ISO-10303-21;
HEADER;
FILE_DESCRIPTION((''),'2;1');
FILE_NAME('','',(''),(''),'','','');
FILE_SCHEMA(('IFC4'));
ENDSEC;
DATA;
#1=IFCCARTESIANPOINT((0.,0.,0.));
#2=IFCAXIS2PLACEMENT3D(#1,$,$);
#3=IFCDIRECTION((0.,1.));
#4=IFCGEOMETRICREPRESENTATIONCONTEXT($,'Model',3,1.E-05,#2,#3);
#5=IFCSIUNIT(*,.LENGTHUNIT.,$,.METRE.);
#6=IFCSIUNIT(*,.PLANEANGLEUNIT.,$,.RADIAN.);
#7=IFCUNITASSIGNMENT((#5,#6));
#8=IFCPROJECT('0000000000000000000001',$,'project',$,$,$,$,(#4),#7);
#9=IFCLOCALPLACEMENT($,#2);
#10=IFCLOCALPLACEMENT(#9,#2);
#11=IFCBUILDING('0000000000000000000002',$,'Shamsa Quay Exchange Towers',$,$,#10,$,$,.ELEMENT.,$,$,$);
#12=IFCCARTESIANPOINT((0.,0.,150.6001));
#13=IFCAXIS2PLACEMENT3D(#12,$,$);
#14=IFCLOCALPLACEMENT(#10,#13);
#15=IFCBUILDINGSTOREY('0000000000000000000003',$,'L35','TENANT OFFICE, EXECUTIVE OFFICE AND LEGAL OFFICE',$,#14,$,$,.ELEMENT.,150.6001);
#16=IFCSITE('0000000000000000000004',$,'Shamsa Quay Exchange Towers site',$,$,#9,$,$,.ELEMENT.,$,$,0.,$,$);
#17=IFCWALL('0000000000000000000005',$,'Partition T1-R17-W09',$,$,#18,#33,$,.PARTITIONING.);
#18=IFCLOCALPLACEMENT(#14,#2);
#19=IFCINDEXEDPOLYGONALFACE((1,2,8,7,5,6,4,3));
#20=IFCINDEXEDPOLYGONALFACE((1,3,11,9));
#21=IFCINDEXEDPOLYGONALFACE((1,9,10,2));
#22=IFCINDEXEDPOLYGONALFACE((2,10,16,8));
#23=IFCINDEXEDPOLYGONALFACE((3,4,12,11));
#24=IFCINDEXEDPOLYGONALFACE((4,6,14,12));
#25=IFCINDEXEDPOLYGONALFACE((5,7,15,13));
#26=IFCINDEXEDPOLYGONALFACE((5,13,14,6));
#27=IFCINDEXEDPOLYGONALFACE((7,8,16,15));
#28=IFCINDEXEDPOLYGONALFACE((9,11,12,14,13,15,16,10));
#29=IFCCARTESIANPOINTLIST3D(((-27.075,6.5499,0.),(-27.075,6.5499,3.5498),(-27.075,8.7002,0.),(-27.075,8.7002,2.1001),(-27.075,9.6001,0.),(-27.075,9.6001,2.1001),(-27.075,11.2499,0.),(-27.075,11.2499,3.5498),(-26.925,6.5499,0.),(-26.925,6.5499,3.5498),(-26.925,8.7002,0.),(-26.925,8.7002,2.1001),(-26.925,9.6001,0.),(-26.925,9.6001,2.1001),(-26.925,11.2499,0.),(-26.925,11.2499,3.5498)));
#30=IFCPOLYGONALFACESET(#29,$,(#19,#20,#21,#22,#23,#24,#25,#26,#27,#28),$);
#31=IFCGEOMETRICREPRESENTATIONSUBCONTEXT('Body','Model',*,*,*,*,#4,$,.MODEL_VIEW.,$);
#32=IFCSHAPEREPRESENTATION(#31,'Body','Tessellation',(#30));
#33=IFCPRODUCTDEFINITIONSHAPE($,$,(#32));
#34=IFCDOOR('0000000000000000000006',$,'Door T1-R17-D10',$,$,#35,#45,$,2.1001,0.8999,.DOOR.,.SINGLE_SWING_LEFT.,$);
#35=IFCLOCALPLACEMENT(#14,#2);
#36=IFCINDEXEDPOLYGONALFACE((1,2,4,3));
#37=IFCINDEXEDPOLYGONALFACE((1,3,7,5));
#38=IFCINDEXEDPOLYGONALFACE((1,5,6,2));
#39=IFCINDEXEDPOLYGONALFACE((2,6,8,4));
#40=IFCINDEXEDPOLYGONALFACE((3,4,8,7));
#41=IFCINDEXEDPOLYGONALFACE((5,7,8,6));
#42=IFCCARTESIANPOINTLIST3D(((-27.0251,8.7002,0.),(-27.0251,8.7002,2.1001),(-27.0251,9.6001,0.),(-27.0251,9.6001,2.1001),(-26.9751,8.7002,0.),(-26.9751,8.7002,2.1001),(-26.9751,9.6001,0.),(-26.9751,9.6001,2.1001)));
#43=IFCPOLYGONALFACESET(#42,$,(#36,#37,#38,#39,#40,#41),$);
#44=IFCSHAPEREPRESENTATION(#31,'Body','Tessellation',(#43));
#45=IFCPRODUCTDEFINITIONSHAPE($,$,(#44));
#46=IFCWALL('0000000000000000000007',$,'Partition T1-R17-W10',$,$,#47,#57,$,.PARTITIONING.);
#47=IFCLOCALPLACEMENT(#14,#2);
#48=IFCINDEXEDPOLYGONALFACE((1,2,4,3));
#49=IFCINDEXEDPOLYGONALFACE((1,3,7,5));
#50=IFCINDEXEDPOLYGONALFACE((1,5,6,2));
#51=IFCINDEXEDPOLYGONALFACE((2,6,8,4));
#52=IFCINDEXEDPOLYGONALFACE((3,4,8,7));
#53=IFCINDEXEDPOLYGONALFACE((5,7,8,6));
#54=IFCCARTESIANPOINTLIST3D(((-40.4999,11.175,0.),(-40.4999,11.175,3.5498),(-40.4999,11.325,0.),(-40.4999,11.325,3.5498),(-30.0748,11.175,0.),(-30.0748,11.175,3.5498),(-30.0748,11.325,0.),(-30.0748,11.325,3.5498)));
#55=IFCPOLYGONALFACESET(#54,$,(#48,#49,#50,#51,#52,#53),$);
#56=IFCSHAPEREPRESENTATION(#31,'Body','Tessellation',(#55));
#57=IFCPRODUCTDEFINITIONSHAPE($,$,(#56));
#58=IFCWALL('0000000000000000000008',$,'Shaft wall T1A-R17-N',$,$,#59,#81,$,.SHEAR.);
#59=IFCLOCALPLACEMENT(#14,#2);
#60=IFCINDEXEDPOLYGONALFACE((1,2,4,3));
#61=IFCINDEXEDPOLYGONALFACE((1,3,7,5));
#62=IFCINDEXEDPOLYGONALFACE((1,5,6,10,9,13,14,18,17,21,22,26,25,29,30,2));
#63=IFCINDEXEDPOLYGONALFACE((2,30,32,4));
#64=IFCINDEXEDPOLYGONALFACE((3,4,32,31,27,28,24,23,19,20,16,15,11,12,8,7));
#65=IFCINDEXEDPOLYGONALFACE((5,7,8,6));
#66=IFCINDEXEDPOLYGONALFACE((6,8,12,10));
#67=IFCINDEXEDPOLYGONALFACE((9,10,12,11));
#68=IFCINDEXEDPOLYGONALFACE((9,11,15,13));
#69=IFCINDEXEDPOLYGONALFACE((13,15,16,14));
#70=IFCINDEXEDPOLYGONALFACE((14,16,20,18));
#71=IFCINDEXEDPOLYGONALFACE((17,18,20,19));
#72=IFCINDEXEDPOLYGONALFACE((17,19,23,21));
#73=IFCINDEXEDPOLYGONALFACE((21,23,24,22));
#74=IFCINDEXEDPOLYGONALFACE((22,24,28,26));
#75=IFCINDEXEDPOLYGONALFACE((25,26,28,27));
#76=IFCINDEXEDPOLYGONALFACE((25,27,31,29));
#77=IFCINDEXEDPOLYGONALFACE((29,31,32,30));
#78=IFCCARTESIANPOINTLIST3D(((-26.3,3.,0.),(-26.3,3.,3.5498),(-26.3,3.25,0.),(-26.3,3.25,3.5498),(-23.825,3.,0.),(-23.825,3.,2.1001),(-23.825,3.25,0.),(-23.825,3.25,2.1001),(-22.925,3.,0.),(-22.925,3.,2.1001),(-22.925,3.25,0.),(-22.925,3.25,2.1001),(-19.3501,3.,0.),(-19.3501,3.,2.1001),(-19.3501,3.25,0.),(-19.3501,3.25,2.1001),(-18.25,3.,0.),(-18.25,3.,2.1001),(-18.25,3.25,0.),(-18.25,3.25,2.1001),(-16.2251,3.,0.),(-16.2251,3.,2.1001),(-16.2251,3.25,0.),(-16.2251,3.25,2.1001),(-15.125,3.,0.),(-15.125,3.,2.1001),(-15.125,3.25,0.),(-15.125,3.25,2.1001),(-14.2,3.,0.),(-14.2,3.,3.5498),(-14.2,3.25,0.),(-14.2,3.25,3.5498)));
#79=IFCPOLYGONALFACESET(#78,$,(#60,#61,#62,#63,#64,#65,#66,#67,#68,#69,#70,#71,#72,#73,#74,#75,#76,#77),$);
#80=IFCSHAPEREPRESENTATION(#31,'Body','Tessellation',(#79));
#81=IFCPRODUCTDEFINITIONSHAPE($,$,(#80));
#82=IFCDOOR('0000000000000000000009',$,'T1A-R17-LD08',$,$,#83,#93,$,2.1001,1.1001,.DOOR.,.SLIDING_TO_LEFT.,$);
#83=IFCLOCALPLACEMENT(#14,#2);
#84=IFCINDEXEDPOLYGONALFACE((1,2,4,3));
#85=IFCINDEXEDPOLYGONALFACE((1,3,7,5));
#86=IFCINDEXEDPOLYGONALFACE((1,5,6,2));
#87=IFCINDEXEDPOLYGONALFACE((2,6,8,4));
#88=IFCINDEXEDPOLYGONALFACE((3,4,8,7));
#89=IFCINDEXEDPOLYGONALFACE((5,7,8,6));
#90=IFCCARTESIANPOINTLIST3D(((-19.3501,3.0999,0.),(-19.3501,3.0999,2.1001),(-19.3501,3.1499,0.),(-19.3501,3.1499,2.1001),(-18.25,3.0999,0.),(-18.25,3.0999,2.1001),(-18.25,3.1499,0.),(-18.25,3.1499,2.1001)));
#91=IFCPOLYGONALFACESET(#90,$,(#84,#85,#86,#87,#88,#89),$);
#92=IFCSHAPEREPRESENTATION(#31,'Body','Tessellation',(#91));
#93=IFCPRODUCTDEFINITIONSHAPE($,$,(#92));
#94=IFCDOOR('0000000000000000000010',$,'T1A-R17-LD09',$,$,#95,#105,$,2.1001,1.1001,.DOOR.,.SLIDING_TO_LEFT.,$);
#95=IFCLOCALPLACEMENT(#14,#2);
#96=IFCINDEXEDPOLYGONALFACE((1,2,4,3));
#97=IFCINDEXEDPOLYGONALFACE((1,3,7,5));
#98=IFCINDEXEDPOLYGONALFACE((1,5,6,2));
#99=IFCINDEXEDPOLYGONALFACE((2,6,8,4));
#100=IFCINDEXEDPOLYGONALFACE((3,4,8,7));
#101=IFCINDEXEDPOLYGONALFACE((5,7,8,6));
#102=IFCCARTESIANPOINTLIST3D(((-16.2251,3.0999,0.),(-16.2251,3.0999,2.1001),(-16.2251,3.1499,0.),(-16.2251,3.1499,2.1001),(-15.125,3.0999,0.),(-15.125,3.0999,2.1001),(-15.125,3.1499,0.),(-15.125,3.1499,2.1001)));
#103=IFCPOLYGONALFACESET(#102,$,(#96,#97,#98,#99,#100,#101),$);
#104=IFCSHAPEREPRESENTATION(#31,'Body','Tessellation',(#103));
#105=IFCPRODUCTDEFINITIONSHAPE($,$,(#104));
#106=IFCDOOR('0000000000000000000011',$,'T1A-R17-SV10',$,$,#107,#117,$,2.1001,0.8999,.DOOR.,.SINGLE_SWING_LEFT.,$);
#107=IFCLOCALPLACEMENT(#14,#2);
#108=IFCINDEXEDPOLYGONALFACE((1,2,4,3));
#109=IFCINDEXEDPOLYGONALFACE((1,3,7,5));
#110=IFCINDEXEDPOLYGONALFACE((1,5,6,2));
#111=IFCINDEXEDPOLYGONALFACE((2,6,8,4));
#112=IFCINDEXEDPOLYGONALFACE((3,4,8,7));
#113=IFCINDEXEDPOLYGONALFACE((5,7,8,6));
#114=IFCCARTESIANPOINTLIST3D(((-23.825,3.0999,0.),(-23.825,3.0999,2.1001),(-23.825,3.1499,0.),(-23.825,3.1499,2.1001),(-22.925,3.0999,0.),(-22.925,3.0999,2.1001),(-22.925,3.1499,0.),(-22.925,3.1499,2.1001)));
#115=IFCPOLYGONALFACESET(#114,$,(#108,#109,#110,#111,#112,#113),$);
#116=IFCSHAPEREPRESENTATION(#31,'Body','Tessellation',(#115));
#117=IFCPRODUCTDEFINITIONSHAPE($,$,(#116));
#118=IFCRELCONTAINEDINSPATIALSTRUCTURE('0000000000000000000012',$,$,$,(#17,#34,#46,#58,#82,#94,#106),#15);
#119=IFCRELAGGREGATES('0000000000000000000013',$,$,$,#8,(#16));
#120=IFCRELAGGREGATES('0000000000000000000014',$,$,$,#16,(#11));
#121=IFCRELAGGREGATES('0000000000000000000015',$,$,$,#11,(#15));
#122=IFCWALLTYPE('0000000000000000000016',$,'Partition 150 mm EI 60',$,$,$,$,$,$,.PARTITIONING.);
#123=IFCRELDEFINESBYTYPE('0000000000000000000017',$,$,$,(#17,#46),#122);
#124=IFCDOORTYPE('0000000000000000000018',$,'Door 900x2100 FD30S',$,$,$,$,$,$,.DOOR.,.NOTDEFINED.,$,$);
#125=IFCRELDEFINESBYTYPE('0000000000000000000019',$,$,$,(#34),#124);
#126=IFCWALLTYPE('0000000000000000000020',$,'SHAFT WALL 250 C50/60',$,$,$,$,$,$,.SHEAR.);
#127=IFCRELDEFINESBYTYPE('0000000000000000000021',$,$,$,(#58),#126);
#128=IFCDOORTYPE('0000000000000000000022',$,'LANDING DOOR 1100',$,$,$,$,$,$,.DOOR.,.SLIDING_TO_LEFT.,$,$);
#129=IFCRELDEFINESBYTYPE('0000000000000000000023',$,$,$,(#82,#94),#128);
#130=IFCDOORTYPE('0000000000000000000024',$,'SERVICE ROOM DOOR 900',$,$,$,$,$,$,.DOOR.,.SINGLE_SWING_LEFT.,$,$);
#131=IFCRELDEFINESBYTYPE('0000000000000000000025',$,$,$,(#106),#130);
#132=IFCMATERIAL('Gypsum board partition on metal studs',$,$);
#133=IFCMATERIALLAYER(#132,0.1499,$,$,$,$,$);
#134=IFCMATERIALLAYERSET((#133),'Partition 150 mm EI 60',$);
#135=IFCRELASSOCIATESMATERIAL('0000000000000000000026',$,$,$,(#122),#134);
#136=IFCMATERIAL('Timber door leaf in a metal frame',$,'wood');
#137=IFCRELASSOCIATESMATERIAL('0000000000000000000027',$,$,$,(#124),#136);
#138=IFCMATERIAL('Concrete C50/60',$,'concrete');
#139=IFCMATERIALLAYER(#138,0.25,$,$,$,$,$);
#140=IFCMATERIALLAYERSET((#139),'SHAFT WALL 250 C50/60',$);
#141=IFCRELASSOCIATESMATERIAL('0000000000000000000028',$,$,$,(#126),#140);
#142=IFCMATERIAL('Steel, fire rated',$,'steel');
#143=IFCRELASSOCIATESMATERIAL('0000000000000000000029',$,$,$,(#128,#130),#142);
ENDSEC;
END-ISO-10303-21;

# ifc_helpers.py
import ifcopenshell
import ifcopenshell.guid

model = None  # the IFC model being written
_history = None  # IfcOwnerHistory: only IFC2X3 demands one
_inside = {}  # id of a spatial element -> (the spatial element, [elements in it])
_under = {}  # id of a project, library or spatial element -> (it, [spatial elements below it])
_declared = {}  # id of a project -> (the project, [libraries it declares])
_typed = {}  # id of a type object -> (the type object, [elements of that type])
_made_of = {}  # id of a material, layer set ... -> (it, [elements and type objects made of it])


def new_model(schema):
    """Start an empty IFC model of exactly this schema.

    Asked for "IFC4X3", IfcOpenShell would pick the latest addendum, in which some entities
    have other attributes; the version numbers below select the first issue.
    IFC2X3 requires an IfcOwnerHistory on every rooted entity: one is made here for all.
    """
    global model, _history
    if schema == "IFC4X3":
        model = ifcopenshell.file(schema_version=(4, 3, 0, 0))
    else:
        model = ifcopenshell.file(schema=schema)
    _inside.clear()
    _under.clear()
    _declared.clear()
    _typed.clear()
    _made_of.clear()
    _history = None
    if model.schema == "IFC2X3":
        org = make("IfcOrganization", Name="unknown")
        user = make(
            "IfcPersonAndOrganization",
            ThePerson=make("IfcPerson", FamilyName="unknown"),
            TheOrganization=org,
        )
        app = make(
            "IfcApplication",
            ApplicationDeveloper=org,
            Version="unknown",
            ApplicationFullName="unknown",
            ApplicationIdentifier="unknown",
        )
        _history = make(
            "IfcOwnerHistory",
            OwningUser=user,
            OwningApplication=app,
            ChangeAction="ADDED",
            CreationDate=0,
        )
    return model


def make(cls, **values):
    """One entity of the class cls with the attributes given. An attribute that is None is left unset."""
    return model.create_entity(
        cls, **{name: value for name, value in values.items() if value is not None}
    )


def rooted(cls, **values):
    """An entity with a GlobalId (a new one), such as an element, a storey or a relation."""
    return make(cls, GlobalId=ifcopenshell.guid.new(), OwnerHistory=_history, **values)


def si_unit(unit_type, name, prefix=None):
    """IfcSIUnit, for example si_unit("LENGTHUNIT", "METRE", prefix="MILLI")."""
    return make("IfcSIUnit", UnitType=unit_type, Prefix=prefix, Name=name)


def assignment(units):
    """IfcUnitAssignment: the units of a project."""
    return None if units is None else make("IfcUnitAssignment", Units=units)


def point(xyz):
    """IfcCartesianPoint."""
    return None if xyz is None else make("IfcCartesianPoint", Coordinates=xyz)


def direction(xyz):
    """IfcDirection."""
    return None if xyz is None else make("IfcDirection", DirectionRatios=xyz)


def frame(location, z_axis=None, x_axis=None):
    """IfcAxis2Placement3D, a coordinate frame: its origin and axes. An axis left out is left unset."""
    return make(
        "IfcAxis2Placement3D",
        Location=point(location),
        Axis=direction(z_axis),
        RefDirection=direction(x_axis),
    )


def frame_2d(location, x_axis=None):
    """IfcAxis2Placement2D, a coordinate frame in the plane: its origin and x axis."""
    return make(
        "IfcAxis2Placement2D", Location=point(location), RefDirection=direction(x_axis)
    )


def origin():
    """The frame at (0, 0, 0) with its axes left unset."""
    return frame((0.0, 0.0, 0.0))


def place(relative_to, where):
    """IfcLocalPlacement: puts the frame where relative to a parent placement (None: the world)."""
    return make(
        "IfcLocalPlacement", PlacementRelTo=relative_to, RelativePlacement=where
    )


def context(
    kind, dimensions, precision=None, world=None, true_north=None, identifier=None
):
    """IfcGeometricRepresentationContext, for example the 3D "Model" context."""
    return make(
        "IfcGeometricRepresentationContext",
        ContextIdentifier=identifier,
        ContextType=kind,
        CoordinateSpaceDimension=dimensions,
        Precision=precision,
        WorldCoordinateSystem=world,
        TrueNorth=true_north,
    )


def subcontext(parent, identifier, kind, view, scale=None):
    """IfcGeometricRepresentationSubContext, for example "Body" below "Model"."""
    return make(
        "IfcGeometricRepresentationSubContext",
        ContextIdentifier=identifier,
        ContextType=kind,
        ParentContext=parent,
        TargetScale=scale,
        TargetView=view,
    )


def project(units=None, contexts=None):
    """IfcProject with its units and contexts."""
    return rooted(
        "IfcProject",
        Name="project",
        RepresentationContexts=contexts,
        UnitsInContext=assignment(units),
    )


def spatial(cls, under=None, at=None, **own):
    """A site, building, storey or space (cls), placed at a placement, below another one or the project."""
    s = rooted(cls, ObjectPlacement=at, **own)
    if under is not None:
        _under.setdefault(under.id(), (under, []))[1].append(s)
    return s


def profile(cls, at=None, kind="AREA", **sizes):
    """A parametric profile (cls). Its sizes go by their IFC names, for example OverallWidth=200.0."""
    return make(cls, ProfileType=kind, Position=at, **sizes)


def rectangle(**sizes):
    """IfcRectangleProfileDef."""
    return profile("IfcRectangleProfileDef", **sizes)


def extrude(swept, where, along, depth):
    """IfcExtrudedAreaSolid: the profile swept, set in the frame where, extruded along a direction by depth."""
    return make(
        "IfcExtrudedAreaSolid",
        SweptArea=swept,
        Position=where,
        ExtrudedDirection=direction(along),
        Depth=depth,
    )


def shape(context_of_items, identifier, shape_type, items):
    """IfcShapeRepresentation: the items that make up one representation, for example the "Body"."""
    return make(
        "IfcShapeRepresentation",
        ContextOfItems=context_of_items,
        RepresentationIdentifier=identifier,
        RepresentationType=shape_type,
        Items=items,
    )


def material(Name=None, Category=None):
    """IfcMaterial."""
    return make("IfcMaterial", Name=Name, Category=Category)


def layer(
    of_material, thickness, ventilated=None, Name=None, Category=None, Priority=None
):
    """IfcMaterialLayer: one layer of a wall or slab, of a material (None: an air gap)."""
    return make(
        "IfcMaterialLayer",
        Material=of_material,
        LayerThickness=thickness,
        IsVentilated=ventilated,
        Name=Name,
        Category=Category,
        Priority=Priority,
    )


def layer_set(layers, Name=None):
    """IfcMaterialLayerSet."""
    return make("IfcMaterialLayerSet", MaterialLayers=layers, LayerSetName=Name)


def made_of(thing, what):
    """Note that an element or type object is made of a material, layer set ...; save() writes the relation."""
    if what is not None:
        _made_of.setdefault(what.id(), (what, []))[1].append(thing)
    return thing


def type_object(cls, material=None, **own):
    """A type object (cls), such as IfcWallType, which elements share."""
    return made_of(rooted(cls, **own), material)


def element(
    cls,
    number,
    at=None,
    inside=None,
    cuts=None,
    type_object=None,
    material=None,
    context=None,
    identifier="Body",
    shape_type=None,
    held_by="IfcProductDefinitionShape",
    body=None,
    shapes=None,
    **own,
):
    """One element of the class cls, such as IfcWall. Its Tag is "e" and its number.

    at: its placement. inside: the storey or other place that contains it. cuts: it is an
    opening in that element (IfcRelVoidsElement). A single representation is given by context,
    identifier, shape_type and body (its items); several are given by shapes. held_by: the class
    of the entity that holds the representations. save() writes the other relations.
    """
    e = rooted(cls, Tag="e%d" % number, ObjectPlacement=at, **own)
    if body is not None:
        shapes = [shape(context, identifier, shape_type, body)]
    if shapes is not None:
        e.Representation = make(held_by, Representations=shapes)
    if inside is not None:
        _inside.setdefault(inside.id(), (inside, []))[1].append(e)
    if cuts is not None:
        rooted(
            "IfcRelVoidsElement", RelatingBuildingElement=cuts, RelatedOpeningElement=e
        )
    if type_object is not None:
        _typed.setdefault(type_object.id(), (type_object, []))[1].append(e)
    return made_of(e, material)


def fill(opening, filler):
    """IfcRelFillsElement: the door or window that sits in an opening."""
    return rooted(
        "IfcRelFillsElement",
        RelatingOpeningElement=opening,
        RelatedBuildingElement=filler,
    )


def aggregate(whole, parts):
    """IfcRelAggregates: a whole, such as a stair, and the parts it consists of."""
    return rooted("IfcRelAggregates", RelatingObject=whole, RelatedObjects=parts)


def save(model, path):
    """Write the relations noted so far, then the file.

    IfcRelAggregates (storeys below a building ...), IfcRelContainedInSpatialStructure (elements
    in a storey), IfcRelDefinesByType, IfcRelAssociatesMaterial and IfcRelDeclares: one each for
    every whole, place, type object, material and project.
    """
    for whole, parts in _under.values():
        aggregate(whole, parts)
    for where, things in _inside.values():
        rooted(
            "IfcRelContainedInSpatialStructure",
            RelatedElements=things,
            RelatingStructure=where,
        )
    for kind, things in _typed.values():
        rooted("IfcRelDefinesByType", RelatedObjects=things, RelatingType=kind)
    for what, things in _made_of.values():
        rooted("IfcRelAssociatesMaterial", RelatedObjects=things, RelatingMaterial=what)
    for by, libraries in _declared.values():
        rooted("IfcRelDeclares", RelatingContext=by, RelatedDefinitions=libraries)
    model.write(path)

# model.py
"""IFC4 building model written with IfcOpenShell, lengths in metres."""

from ifc_helpers import new_model, si_unit, direction, frame, frame_2d, origin, place, context, subcontext, project, spatial, rectangle, extrude, material, layer, layer_set, type_object, element, fill, save


model = new_model("IFC4")

# Units and contexts
model_context = context("Model", 3, precision=1e-05, world=origin(), true_north=direction((0.0, 1.0)))
body_context = subcontext(model_context, "Body", "Model", "MODEL_VIEW")
ifc_project = project(units=[si_unit("LENGTHUNIT", "METRE"), si_unit("PLANEANGLEUNIT", "RADIAN")], contexts=[model_context])

# Site, building, storey
site_placement = place(None, origin())
site = spatial("IfcSite", under=ifc_project, at=site_placement, Name="Shamsa Quay Exchange Towers site", CompositionType="ELEMENT", RefElevation=0.0)
building_placement = place(site_placement, origin())
building = spatial("IfcBuilding", under=site, at=building_placement, Name="Shamsa Quay Exchange Towers", CompositionType="ELEMENT")
storey_placement = place(building_placement, frame((0.0, 0.0, 150.6001)))
storey = spatial("IfcBuildingStorey", under=building, at=storey_placement, Name="L35", Description="TENANT OFFICE, EXECUTIVE OFFICE AND LEGAL OFFICE", CompositionType="ELEMENT", Elevation=150.6001)

# Shared definitions
ifc_material_1 = material(Name="Steel, fire rated", Category="steel")

# Shared definitions
ifc_material_2 = material(Name="Gypsum board partition on metal studs")

# Shared definitions
ifc_layer_1 = layer(ifc_material_2, 0.1499)
ifc_layer_set_1 = layer_set([ifc_layer_1], Name="Partition 150 mm EI 60")
wall_type_1 = type_object("IfcWallType", Name="Partition 150 mm EI 60", PredefinedType="PARTITIONING", material=ifc_layer_set_1)
ifc_material_3 = material(Name="Timber door leaf in a metal frame", Category="wood")
door_type_1 = type_object("IfcDoorType", Name="Door 900x2100 FD30S", OperationType="NOTDEFINED", PredefinedType="DOOR", material=ifc_material_3)

# Wall, opening, door
wall_1_placement = place(storey_placement, frame((-27.0, 11.25, 0.0), z_axis=(0.0, 0.0, 1.0), x_axis=(0.0, -1.0, 0.0)))
wall_1 = element("IfcWall", 1, at=wall_1_placement, inside=storey, type_object=wall_type_1, Name="Partition T1-R17-W09", PredefinedType="PARTITIONING", context=body_context, shape_type="SweptSolid", body=[
    extrude(rectangle(XDim=4.7, YDim=0.1499, at=frame_2d((2.3501, 0.0))), origin(), (0.0, 0.0, 1.0), 3.5498),
])
opening_1_placement = place(wall_1_placement, frame((1.6499, 0.0, 0.0)))
opening_1 = element("IfcOpeningElement", 2, at=opening_1_placement, cuts=wall_1, PredefinedType="OPENING", context=body_context, shape_type="SweptSolid", body=[
    extrude(rectangle(XDim=0.8999, YDim=2.1001, at=frame_2d((0.45, 1.05))), frame((0.0, 0.085, 0.0), z_axis=(0.0, -1.0, 0.0), x_axis=(1.0, 0.0, 0.0)), (0.0, 0.0, 1.0), 0.1699),
])
door_1_placement = place(opening_1_placement, origin())
door_1 = element("IfcDoor", 3, at=door_1_placement, inside=storey, type_object=door_type_1, Name="Door T1-R17-D10", OperationType="SINGLE_SWING_LEFT", OverallHeight=2.1001, OverallWidth=0.8999, PredefinedType="DOOR", context=body_context, shape_type="SweptSolid", body=[
    extrude(rectangle(XDim=0.8999, YDim=2.1001, at=frame_2d((0.45, 1.05))), frame((0.0, 0.0249, 0.0), z_axis=(0.0, -1.0, 0.0), x_axis=(1.0, 0.0, 0.0)), (0.0, 0.0, 1.0), 0.05),
])
fill(opening_1, door_1)

# Wall
wall_2_placement = place(storey_placement, frame((-30.075, 11.25, 0.0), z_axis=(0.0, 0.0, 1.0), x_axis=(-1.0, 0.0, 0.0)))
element("IfcWall", 4, at=wall_2_placement, inside=storey, type_object=wall_type_1, Name="Partition T1-R17-W10", PredefinedType="PARTITIONING", context=body_context, shape_type="SweptSolid", body=[
    extrude(rectangle(XDim=10.425, YDim=0.1499, at=frame_2d((5.2124, 0.0))), origin(), (0.0, 0.0, 1.0), 3.5498),
])

# Wall, openings, doors
ifc_material_4 = material(Name="Concrete C50/60", Category="concrete")
ifc_layer_2 = layer(ifc_material_4, 0.25)
ifc_layer_set_2 = layer_set([ifc_layer_2], Name="SHAFT WALL 250 C50/60")
wall_type_2 = type_object("IfcWallType", Name="SHAFT WALL 250 C50/60", PredefinedType="SHEAR", material=ifc_layer_set_2)
wall_3_placement = place(storey_placement, frame((-26.3, 3.125, 0.0)))
wall_3 = element("IfcWall", 5, at=wall_3_placement, inside=storey, type_object=wall_type_2, Name="Shaft wall T1A-R17-N", PredefinedType="SHEAR", context=body_context, shape_type="SweptSolid", body=[
    extrude(rectangle(XDim=12.1001, YDim=0.25, at=frame_2d((6.05, 0.0))), origin(), (0.0, 0.0, 1.0), 3.5498),
])
opening_2_placement = place(wall_3_placement, frame((6.95, 0.0, 0.0)))
opening_2 = element("IfcOpeningElement", 6, at=opening_2_placement, cuts=wall_3, PredefinedType="OPENING", context=body_context, shape_type="SweptSolid", body=[
    extrude(rectangle(XDim=1.1001, YDim=2.1001, at=frame_2d((0.55, 1.05))), frame((0.0, 0.135, 0.0), z_axis=(0.0, -1.0, 0.0), x_axis=(1.0, 0.0, 0.0)), (0.0, 0.0, 1.0), 0.27),
])
opening_3_placement = place(wall_3_placement, frame((10.075, 0.0, 0.0)))
opening_3 = element("IfcOpeningElement", 7, at=opening_3_placement, cuts=wall_3, PredefinedType="OPENING", context=body_context, shape_type="SweptSolid", body=[
    extrude(rectangle(XDim=1.1001, YDim=2.1001, at=frame_2d((0.55, 1.05))), frame((0.0, 0.135, 0.0), z_axis=(0.0, -1.0, 0.0), x_axis=(1.0, 0.0, 0.0)), (0.0, 0.0, 1.0), 0.27),
])
opening_4_placement = place(wall_3_placement, frame((2.4751, 0.0, 0.0)))
opening_4 = element("IfcOpeningElement", 8, at=opening_4_placement, cuts=wall_3, PredefinedType="OPENING", context=body_context, shape_type="SweptSolid", body=[
    extrude(rectangle(XDim=0.8999, YDim=2.1001, at=frame_2d((0.45, 1.05))), frame((0.0, 0.135, 0.0), z_axis=(0.0, -1.0, 0.0), x_axis=(1.0, 0.0, 0.0)), (0.0, 0.0, 1.0), 0.27),
])
door_type_2 = type_object("IfcDoorType", Name="LANDING DOOR 1100", OperationType="SLIDING_TO_LEFT", PredefinedType="DOOR", material=ifc_material_1)
door_2_placement = place(opening_2_placement, origin())
door_2 = element("IfcDoor", 9, at=door_2_placement, inside=storey, type_object=door_type_2, Name="T1A-R17-LD08", OperationType="SLIDING_TO_LEFT", OverallHeight=2.1001, OverallWidth=1.1001, PredefinedType="DOOR", context=body_context, shape_type="SweptSolid", body=[
    extrude(rectangle(XDim=1.1001, YDim=2.1001, at=frame_2d((0.55, 1.05))), frame((0.0, 0.0249, 0.0), z_axis=(0.0, -1.0, 0.0), x_axis=(1.0, 0.0, 0.0)), (0.0, 0.0, 1.0), 0.05),
])
fill(opening_2, door_2)
door_3_placement = place(opening_3_placement, origin())
door_3 = element("IfcDoor", 10, at=door_3_placement, inside=storey, type_object=door_type_2, Name="T1A-R17-LD09", OperationType="SLIDING_TO_LEFT", OverallHeight=2.1001, OverallWidth=1.1001, PredefinedType="DOOR", context=body_context, shape_type="SweptSolid", body=[
    extrude(rectangle(XDim=1.1001, YDim=2.1001, at=frame_2d((0.55, 1.05))), frame((0.0, 0.0249, 0.0), z_axis=(0.0, -1.0, 0.0), x_axis=(1.0, 0.0, 0.0)), (0.0, 0.0, 1.0), 0.05),
])
fill(opening_3, door_3)
door_type_3 = type_object("IfcDoorType", Name="SERVICE ROOM DOOR 900", OperationType="SINGLE_SWING_LEFT", PredefinedType="DOOR", material=ifc_material_1)
door_4_placement = place(opening_4_placement, origin())
door_4 = element("IfcDoor", 11, at=door_4_placement, inside=storey, type_object=door_type_3, Name="T1A-R17-SV10", OperationType="SINGLE_SWING_LEFT", OverallHeight=2.1001, OverallWidth=0.8999, PredefinedType="DOOR", context=body_context, shape_type="SweptSolid", body=[
    extrude(rectangle(XDim=0.8999, YDim=2.1001, at=frame_2d((0.45, 1.05))), frame((0.0, 0.0249, 0.0), z_axis=(0.0, -1.0, 0.0), x_axis=(1.0, 0.0, 0.0)), (0.0, 0.0, 1.0), 0.05),
])
fill(opening_4, door_4)

save(model, "model.ifc")
